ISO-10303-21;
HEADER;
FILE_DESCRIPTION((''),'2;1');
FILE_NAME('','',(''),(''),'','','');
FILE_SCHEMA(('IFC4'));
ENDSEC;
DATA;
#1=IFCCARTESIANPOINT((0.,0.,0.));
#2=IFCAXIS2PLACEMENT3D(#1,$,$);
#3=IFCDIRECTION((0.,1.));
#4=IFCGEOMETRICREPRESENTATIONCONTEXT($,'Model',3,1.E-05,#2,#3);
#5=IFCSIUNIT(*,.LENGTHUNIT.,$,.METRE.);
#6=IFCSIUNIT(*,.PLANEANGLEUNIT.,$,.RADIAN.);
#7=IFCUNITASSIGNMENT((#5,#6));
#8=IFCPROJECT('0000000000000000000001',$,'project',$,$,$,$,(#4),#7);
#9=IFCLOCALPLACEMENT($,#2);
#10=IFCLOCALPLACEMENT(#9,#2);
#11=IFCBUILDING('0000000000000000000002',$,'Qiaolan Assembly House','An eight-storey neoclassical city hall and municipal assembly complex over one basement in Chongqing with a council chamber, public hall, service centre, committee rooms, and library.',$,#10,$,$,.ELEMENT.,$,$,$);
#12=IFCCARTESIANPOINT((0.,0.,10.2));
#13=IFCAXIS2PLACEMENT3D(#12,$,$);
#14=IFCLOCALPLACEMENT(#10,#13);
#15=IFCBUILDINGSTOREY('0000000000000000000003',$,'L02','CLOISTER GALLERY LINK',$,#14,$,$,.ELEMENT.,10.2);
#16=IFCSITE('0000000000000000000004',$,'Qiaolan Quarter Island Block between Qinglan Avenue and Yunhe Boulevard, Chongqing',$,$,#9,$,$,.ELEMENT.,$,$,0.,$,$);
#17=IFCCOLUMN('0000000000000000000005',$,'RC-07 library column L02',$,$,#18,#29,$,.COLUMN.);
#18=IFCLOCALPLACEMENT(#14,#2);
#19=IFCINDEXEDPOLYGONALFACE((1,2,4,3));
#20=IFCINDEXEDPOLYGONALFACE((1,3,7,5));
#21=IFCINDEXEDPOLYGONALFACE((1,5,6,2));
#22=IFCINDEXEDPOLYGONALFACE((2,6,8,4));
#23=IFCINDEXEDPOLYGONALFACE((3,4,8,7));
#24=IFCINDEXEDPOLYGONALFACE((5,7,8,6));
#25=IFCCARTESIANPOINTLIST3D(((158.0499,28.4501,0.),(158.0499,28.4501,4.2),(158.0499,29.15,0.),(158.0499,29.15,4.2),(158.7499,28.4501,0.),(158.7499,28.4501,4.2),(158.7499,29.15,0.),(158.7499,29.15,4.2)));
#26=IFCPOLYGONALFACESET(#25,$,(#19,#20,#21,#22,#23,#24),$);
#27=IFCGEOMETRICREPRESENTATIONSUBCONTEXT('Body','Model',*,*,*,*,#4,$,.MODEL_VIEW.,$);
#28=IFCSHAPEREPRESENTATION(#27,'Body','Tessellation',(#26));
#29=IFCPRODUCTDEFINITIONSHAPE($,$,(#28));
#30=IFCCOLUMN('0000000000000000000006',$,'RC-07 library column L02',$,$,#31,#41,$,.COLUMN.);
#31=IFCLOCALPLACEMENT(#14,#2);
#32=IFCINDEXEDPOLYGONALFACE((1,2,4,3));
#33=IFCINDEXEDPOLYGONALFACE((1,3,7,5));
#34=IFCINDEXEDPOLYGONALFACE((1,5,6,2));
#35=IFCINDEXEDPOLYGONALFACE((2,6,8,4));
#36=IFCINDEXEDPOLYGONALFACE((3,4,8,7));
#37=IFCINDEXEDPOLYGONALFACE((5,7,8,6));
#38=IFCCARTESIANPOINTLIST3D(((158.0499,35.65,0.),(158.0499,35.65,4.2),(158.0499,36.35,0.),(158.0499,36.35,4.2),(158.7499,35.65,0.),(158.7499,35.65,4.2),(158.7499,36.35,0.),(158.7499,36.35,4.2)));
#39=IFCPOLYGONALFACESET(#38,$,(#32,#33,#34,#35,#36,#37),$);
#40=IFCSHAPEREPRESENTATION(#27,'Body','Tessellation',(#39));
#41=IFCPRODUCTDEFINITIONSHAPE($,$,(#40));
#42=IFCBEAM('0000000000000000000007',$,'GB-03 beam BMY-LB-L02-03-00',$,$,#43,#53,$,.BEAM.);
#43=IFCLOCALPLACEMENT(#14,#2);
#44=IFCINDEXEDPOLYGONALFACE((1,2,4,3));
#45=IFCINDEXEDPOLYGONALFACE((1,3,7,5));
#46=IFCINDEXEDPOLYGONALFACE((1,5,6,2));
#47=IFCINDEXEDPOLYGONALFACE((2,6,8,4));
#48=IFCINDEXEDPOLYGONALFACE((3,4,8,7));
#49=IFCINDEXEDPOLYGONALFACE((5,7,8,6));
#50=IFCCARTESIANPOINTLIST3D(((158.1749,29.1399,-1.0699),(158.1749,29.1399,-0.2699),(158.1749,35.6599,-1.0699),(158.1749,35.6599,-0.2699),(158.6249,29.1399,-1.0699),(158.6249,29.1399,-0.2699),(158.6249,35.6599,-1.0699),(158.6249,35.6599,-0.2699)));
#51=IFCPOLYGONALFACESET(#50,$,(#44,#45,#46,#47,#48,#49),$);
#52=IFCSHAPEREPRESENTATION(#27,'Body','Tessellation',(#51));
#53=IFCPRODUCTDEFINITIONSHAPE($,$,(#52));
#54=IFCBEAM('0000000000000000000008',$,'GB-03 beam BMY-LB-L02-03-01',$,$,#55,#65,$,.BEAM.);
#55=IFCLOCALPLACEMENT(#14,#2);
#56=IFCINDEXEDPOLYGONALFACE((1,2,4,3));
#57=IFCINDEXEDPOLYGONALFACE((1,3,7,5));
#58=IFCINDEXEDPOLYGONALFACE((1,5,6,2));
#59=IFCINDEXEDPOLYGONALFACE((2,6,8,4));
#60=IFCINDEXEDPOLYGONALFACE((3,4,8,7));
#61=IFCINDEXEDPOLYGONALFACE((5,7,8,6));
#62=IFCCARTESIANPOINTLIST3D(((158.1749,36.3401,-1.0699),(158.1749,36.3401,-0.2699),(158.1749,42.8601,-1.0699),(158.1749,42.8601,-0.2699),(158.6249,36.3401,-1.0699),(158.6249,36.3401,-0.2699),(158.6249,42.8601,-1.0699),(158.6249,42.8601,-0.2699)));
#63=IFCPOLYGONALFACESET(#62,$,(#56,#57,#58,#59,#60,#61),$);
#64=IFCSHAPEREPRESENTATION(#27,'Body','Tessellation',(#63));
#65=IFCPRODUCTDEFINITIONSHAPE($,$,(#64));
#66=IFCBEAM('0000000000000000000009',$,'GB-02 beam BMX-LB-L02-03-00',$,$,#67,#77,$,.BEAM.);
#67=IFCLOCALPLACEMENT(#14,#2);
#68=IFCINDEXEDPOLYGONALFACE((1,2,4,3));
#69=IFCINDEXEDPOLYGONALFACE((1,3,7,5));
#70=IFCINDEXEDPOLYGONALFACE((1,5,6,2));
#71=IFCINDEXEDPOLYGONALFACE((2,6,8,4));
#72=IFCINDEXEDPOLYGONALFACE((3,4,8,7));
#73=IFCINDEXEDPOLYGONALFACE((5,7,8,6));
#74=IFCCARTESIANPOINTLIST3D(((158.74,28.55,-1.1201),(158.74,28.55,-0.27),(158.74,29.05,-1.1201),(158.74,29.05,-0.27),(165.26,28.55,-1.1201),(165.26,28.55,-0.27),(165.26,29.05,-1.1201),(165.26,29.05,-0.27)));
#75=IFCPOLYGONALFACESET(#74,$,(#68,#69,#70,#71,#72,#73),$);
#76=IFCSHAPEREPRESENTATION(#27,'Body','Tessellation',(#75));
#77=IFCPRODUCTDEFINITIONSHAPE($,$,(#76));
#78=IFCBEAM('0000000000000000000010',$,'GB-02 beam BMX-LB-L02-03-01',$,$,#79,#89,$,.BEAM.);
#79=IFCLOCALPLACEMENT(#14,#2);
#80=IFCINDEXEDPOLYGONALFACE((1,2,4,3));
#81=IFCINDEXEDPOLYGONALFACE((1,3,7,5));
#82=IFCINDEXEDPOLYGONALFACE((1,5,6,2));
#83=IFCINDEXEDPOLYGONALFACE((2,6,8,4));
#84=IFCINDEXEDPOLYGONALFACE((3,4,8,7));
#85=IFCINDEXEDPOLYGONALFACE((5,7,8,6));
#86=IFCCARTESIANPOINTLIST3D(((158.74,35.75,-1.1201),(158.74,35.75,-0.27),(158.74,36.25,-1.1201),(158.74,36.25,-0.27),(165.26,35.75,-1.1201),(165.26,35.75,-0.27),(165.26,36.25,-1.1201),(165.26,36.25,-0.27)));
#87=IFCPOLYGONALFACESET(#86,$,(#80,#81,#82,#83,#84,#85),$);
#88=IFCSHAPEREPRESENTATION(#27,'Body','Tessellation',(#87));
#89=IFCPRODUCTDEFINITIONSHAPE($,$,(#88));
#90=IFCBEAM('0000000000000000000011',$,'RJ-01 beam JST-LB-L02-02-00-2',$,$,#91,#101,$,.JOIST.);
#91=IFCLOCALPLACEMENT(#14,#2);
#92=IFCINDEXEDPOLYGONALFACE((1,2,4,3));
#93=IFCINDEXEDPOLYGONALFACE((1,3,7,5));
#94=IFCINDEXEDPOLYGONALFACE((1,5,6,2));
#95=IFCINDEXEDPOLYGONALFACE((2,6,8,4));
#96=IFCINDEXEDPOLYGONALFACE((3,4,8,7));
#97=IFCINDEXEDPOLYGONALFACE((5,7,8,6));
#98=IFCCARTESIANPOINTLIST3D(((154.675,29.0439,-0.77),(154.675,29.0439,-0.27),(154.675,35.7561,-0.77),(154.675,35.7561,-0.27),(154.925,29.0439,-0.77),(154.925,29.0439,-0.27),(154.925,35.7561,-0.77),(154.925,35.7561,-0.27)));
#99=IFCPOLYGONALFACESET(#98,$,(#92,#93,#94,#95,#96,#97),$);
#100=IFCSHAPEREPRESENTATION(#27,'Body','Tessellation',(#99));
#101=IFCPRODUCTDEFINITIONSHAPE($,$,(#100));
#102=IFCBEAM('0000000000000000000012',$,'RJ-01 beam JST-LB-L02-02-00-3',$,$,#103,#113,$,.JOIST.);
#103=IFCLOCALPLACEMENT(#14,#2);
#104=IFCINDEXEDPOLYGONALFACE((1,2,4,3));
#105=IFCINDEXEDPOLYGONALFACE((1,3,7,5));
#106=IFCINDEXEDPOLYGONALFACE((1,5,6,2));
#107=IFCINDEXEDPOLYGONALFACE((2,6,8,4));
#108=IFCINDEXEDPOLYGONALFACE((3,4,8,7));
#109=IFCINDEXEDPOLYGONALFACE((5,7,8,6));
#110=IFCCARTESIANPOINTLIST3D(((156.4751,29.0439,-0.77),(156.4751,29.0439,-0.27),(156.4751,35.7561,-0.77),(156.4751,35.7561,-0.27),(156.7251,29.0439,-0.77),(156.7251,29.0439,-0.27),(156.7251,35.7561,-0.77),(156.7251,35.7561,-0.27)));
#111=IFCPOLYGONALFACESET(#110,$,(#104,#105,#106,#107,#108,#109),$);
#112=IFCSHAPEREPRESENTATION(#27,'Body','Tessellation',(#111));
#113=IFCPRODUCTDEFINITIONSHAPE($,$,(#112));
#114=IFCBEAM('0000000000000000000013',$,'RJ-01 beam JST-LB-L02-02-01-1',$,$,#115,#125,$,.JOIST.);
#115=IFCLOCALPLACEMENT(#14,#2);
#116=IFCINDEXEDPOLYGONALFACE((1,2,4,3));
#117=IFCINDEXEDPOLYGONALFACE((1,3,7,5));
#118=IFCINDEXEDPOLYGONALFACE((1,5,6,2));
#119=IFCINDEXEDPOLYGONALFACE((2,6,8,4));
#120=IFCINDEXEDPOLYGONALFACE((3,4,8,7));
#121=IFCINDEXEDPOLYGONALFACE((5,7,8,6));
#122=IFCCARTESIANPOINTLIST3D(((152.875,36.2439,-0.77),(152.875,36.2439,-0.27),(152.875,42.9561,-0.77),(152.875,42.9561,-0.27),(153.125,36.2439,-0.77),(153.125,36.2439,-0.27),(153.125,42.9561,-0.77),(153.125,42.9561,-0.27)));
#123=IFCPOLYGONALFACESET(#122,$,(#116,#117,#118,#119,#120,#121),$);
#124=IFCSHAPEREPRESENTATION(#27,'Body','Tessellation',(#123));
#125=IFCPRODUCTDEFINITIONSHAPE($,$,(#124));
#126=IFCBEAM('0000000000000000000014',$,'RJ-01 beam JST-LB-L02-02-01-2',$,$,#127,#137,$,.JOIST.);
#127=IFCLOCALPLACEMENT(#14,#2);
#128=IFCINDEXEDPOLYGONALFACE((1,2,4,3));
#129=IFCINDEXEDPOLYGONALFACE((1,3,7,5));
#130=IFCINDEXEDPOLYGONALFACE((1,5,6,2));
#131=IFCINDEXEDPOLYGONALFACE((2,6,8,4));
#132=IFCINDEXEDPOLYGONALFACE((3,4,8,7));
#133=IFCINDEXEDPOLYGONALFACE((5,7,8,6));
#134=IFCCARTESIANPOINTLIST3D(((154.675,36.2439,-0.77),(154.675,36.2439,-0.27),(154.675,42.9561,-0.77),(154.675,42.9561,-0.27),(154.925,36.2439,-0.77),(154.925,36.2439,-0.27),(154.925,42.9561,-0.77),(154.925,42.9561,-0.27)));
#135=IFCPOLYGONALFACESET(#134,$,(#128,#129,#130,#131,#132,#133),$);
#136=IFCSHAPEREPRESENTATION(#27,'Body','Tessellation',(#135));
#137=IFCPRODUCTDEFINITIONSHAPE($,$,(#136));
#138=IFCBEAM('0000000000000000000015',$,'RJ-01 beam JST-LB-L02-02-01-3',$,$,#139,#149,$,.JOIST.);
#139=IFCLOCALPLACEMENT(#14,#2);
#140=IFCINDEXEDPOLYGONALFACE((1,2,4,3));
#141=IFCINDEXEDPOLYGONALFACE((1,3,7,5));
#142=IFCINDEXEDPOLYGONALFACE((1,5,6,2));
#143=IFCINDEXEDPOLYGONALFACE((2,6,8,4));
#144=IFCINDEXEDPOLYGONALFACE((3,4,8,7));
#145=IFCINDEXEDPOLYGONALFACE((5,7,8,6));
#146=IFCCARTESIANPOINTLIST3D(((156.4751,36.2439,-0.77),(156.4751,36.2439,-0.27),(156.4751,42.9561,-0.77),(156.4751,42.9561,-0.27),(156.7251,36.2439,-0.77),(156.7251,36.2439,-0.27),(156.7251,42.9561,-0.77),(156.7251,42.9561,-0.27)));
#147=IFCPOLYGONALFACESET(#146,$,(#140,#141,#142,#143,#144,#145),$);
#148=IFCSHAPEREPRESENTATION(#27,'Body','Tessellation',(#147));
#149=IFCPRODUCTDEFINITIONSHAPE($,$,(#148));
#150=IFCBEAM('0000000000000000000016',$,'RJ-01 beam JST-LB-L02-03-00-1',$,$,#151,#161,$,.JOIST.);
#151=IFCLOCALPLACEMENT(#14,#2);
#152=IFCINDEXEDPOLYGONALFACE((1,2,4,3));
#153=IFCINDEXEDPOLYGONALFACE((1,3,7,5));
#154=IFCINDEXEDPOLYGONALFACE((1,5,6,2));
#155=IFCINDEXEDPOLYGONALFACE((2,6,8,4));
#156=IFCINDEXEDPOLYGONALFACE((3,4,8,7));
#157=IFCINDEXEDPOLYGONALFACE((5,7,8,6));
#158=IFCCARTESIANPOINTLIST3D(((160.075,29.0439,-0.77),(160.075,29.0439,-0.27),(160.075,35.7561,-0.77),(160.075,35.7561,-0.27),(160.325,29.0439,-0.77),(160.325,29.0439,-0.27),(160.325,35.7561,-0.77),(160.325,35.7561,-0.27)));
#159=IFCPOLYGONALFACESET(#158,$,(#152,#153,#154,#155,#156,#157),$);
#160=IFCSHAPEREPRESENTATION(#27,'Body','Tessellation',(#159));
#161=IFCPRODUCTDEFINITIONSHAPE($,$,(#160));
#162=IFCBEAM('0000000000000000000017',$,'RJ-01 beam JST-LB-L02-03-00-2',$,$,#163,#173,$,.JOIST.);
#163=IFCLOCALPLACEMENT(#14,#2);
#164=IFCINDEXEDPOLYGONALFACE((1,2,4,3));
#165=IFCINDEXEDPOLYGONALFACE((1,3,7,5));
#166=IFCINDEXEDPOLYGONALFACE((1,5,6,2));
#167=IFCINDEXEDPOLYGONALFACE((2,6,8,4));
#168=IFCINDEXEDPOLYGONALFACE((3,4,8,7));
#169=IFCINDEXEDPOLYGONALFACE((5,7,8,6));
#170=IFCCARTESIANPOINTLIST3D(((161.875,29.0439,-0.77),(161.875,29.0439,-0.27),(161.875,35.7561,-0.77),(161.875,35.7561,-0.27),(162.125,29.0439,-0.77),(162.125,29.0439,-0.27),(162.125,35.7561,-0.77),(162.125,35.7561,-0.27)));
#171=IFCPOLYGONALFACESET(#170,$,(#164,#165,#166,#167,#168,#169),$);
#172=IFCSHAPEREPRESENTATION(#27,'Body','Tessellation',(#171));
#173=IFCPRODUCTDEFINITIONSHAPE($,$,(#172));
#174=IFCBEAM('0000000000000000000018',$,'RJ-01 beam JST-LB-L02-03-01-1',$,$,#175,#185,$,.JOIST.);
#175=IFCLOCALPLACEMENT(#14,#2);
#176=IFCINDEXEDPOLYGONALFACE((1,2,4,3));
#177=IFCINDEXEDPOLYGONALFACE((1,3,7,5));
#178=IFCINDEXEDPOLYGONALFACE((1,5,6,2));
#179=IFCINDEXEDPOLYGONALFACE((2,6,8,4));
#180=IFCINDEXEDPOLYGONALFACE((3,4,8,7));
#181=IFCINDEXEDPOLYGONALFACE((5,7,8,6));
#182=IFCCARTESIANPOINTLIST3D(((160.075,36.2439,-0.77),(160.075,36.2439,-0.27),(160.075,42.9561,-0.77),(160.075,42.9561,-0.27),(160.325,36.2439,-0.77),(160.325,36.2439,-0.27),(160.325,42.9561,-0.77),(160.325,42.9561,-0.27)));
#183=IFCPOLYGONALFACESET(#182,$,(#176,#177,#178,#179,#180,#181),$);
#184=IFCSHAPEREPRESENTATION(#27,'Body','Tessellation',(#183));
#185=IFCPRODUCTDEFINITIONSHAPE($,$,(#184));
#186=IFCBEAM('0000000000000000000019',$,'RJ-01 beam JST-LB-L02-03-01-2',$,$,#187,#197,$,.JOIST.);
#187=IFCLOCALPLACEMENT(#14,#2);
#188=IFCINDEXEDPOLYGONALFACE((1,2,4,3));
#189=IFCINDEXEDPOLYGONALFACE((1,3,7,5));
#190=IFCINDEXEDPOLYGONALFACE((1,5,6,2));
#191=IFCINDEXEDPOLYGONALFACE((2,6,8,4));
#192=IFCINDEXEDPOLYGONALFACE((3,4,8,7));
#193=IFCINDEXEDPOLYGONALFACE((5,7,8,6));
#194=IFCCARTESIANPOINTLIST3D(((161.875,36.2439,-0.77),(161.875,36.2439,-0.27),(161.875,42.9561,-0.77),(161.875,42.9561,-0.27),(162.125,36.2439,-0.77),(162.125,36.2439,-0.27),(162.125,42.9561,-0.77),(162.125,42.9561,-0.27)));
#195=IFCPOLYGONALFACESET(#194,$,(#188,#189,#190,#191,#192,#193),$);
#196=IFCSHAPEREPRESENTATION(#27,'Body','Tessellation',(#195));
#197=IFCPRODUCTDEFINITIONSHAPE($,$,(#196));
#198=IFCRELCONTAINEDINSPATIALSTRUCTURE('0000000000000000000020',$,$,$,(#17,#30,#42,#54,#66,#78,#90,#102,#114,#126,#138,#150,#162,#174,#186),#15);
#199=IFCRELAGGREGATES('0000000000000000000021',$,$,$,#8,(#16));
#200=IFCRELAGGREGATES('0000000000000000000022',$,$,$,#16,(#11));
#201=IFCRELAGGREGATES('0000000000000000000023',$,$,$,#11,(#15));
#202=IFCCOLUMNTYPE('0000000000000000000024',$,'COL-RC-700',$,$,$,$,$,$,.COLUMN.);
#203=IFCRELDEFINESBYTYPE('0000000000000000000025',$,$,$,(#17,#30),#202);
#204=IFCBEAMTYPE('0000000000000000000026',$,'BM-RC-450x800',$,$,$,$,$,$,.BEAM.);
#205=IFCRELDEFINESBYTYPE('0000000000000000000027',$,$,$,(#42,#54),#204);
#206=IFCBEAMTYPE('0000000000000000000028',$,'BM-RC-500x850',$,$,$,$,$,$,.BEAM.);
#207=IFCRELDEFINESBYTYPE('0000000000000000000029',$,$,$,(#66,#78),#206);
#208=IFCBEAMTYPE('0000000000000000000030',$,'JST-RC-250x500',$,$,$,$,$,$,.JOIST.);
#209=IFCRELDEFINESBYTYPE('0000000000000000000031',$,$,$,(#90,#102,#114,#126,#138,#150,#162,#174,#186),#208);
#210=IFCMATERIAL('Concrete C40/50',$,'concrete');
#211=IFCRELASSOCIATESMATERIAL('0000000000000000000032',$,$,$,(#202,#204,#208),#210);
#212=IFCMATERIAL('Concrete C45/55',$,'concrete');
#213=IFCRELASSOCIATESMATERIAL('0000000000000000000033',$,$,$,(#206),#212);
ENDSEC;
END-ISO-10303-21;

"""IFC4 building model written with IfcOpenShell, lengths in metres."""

from ifc_helpers import new_model, si_unit, direction, frame, origin, origin_2d, place, context, subcontext, project, spatial, rectangle, extrude, material, material_profile, profile_set, type_object, element, save


model = new_model("IFC4")

# Units and contexts
model_context = context("Model", 3, precision=1e-05, world=origin(), true_north=direction((0.0, 1.0)))
body_context = subcontext(model_context, "Body", "Model", "MODEL_VIEW")
ifc_project = project(units=[si_unit("LENGTHUNIT", "METRE"), si_unit("PLANEANGLEUNIT", "RADIAN")], contexts=[model_context])

# Site, building, storey
site_placement = place(None, origin())
site = spatial("IfcSite", under=ifc_project, at=site_placement, Name="Qiaolan Quarter Island Block between Qinglan Avenue and Yunhe Boulevard, Chongqing", CompositionType="ELEMENT", RefElevation=0.0)
building_placement = place(site_placement, origin())
building = spatial("IfcBuilding", under=site, at=building_placement, Name="Qiaolan Assembly House", Description="An eight-storey neoclassical city hall and municipal assembly complex over one basement in Chongqing with a council chamber, public hall, service centre, committee rooms, and library.", CompositionType="ELEMENT")
storey_placement = place(building_placement, frame((0.0, 0.0, 10.2)))
storey = spatial("IfcBuildingStorey", under=building, at=storey_placement, Name="L02", Description="CLOISTER GALLERY LINK", CompositionType="ELEMENT", Elevation=10.2)

# Columns
ifc_material_1 = material(Name="Concrete C40/50", Category="concrete")
ifc_material_profile_1 = material_profile(ifc_material_1, rectangle(XDim=0.7, YDim=0.7, at=origin_2d()), Name="RC 700x700")
ifc_profile_set_1 = profile_set([ifc_material_profile_1], Name="Concrete C40/50")
column_type = type_object("IfcColumnType", Name="COL-RC-700", PredefinedType="COLUMN", material=ifc_profile_set_1)
for number, where, z_axis, x_axis, name in (
    (1, (158.3999, 28.8, 0.0), (0.0, 0.0, 1.0), (1.0, 0.0, 0.0), "RC-07 library column L02"),
    (2, (158.3999, 36.0, 0.0), (0.0, 0.0, 1.0), (1.0, 0.0, 0.0), "RC-07 library column L02"),
):
    element("IfcColumn", number, at=place(storey_placement, frame(where, z_axis=z_axis, x_axis=x_axis)), inside=storey, type_object=column_type, Name=name, PredefinedType="COLUMN", context=body_context, shape_type="SweptSolid", body=[
        extrude(rectangle(XDim=0.7, YDim=0.7, at=origin_2d()), origin(), (0.0, 0.0, 1.0), 4.2),
    ])

# Beams
ifc_material_profile_2 = material_profile(ifc_material_1, rectangle(XDim=0.45, YDim=0.8, at=origin_2d()), Name="RCB 450x800")
ifc_profile_set_2 = profile_set([ifc_material_profile_2], Name="Concrete C40/50")
beam_type_1 = type_object("IfcBeamType", Name="BM-RC-450x800", PredefinedType="BEAM", material=ifc_profile_set_2)
for number, where, z_axis, x_axis, name in (
    (3, (158.3999, 29.1399, -0.6699), (0.0, 1.0, 0.0), (-1.0, 0.0, 0.0), "GB-03 beam BMY-LB-L02-03-00"),
    (4, (158.3999, 36.3401, -0.6699), (0.0, 1.0, 0.0), (-1.0, 0.0, 0.0), "GB-03 beam BMY-LB-L02-03-01"),
):
    element("IfcBeam", number, at=place(storey_placement, frame(where, z_axis=z_axis, x_axis=x_axis)), inside=storey, type_object=beam_type_1, Name=name, PredefinedType="BEAM", context=body_context, shape_type="SweptSolid", body=[
        extrude(rectangle(XDim=0.45, YDim=0.8, at=origin_2d()), origin(), (0.0, 0.0, 1.0), 6.52),
    ])
ifc_material_2 = material(Name="Concrete C45/55", Category="concrete")
ifc_material_profile_3 = material_profile(ifc_material_2, rectangle(XDim=0.5, YDim=0.8501, at=origin_2d()), Name="RCB 500x850")
ifc_profile_set_3 = profile_set([ifc_material_profile_3], Name="Concrete C45/55")
beam_type_2 = type_object("IfcBeamType", Name="BM-RC-500x850", PredefinedType="BEAM", material=ifc_profile_set_3)
for number, where, z_axis, x_axis, name in (
    (5, (158.74, 28.8, -0.6951), (1.0, 0.0, 0.0), (0.0, 1.0, 0.0), "GB-02 beam BMX-LB-L02-03-00"),
    (6, (158.74, 36.0, -0.6951), (1.0, 0.0, 0.0), (0.0, 1.0, 0.0), "GB-02 beam BMX-LB-L02-03-01"),
):
    element("IfcBeam", number, at=place(storey_placement, frame(where, z_axis=z_axis, x_axis=x_axis)), inside=storey, type_object=beam_type_2, Name=name, PredefinedType="BEAM", context=body_context, shape_type="SweptSolid", body=[
        extrude(rectangle(XDim=0.5, YDim=0.8501, at=origin_2d()), origin(), (0.0, 0.0, 1.0), 6.52),
    ])
ifc_material_profile_4 = material_profile(ifc_material_1, rectangle(XDim=0.25, YDim=0.5, at=origin_2d()), Name="RCB 250x500")
ifc_profile_set_4 = profile_set([ifc_material_profile_4], Name="Concrete C40/50")
beam_type_3 = type_object("IfcBeamType", Name="JST-RC-250x500", PredefinedType="JOIST", material=ifc_profile_set_4)
for number, where, z_axis, x_axis, name in (
    (7, (154.8, 29.0439, -0.52), (0.0, 1.0, 0.0), (-1.0, 0.0, 0.0), "RJ-01 beam JST-LB-L02-02-00-2"),
    (8, (156.6001, 29.0439, -0.52), (0.0, 1.0, 0.0), (-1.0, 0.0, 0.0), "RJ-01 beam JST-LB-L02-02-00-3"),
    (9, (153.0, 36.2439, -0.52), (0.0, 1.0, 0.0), (-1.0, 0.0, 0.0), "RJ-01 beam JST-LB-L02-02-01-1"),
    (10, (154.8, 36.2439, -0.52), (0.0, 1.0, 0.0), (-1.0, 0.0, 0.0), "RJ-01 beam JST-LB-L02-02-01-2"),
    (11, (156.6001, 36.2439, -0.52), (0.0, 1.0, 0.0), (-1.0, 0.0, 0.0), "RJ-01 beam JST-LB-L02-02-01-3"),
    (12, (160.2, 29.0439, -0.52), (0.0, 1.0, 0.0), (-1.0, 0.0, 0.0), "RJ-01 beam JST-LB-L02-03-00-1"),
    (13, (162.0, 29.0439, -0.52), (0.0, 1.0, 0.0), (-1.0, 0.0, 0.0), "RJ-01 beam JST-LB-L02-03-00-2"),
    (14, (160.2, 36.2439, -0.52), (0.0, 1.0, 0.0), (-1.0, 0.0, 0.0), "RJ-01 beam JST-LB-L02-03-01-1"),
    (15, (162.0, 36.2439, -0.52), (0.0, 1.0, 0.0), (-1.0, 0.0, 0.0), "RJ-01 beam JST-LB-L02-03-01-2"),
):
    element("IfcBeam", number, at=place(storey_placement, frame(where, z_axis=z_axis, x_axis=x_axis)), inside=storey, type_object=beam_type_3, Name=name, PredefinedType="JOIST", context=body_context, shape_type="SweptSolid", body=[
        extrude(rectangle(XDim=0.25, YDim=0.5, at=origin_2d()), origin(), (0.0, 0.0, 1.0), 6.7122),
    ])

save(model, "model.ifc")
